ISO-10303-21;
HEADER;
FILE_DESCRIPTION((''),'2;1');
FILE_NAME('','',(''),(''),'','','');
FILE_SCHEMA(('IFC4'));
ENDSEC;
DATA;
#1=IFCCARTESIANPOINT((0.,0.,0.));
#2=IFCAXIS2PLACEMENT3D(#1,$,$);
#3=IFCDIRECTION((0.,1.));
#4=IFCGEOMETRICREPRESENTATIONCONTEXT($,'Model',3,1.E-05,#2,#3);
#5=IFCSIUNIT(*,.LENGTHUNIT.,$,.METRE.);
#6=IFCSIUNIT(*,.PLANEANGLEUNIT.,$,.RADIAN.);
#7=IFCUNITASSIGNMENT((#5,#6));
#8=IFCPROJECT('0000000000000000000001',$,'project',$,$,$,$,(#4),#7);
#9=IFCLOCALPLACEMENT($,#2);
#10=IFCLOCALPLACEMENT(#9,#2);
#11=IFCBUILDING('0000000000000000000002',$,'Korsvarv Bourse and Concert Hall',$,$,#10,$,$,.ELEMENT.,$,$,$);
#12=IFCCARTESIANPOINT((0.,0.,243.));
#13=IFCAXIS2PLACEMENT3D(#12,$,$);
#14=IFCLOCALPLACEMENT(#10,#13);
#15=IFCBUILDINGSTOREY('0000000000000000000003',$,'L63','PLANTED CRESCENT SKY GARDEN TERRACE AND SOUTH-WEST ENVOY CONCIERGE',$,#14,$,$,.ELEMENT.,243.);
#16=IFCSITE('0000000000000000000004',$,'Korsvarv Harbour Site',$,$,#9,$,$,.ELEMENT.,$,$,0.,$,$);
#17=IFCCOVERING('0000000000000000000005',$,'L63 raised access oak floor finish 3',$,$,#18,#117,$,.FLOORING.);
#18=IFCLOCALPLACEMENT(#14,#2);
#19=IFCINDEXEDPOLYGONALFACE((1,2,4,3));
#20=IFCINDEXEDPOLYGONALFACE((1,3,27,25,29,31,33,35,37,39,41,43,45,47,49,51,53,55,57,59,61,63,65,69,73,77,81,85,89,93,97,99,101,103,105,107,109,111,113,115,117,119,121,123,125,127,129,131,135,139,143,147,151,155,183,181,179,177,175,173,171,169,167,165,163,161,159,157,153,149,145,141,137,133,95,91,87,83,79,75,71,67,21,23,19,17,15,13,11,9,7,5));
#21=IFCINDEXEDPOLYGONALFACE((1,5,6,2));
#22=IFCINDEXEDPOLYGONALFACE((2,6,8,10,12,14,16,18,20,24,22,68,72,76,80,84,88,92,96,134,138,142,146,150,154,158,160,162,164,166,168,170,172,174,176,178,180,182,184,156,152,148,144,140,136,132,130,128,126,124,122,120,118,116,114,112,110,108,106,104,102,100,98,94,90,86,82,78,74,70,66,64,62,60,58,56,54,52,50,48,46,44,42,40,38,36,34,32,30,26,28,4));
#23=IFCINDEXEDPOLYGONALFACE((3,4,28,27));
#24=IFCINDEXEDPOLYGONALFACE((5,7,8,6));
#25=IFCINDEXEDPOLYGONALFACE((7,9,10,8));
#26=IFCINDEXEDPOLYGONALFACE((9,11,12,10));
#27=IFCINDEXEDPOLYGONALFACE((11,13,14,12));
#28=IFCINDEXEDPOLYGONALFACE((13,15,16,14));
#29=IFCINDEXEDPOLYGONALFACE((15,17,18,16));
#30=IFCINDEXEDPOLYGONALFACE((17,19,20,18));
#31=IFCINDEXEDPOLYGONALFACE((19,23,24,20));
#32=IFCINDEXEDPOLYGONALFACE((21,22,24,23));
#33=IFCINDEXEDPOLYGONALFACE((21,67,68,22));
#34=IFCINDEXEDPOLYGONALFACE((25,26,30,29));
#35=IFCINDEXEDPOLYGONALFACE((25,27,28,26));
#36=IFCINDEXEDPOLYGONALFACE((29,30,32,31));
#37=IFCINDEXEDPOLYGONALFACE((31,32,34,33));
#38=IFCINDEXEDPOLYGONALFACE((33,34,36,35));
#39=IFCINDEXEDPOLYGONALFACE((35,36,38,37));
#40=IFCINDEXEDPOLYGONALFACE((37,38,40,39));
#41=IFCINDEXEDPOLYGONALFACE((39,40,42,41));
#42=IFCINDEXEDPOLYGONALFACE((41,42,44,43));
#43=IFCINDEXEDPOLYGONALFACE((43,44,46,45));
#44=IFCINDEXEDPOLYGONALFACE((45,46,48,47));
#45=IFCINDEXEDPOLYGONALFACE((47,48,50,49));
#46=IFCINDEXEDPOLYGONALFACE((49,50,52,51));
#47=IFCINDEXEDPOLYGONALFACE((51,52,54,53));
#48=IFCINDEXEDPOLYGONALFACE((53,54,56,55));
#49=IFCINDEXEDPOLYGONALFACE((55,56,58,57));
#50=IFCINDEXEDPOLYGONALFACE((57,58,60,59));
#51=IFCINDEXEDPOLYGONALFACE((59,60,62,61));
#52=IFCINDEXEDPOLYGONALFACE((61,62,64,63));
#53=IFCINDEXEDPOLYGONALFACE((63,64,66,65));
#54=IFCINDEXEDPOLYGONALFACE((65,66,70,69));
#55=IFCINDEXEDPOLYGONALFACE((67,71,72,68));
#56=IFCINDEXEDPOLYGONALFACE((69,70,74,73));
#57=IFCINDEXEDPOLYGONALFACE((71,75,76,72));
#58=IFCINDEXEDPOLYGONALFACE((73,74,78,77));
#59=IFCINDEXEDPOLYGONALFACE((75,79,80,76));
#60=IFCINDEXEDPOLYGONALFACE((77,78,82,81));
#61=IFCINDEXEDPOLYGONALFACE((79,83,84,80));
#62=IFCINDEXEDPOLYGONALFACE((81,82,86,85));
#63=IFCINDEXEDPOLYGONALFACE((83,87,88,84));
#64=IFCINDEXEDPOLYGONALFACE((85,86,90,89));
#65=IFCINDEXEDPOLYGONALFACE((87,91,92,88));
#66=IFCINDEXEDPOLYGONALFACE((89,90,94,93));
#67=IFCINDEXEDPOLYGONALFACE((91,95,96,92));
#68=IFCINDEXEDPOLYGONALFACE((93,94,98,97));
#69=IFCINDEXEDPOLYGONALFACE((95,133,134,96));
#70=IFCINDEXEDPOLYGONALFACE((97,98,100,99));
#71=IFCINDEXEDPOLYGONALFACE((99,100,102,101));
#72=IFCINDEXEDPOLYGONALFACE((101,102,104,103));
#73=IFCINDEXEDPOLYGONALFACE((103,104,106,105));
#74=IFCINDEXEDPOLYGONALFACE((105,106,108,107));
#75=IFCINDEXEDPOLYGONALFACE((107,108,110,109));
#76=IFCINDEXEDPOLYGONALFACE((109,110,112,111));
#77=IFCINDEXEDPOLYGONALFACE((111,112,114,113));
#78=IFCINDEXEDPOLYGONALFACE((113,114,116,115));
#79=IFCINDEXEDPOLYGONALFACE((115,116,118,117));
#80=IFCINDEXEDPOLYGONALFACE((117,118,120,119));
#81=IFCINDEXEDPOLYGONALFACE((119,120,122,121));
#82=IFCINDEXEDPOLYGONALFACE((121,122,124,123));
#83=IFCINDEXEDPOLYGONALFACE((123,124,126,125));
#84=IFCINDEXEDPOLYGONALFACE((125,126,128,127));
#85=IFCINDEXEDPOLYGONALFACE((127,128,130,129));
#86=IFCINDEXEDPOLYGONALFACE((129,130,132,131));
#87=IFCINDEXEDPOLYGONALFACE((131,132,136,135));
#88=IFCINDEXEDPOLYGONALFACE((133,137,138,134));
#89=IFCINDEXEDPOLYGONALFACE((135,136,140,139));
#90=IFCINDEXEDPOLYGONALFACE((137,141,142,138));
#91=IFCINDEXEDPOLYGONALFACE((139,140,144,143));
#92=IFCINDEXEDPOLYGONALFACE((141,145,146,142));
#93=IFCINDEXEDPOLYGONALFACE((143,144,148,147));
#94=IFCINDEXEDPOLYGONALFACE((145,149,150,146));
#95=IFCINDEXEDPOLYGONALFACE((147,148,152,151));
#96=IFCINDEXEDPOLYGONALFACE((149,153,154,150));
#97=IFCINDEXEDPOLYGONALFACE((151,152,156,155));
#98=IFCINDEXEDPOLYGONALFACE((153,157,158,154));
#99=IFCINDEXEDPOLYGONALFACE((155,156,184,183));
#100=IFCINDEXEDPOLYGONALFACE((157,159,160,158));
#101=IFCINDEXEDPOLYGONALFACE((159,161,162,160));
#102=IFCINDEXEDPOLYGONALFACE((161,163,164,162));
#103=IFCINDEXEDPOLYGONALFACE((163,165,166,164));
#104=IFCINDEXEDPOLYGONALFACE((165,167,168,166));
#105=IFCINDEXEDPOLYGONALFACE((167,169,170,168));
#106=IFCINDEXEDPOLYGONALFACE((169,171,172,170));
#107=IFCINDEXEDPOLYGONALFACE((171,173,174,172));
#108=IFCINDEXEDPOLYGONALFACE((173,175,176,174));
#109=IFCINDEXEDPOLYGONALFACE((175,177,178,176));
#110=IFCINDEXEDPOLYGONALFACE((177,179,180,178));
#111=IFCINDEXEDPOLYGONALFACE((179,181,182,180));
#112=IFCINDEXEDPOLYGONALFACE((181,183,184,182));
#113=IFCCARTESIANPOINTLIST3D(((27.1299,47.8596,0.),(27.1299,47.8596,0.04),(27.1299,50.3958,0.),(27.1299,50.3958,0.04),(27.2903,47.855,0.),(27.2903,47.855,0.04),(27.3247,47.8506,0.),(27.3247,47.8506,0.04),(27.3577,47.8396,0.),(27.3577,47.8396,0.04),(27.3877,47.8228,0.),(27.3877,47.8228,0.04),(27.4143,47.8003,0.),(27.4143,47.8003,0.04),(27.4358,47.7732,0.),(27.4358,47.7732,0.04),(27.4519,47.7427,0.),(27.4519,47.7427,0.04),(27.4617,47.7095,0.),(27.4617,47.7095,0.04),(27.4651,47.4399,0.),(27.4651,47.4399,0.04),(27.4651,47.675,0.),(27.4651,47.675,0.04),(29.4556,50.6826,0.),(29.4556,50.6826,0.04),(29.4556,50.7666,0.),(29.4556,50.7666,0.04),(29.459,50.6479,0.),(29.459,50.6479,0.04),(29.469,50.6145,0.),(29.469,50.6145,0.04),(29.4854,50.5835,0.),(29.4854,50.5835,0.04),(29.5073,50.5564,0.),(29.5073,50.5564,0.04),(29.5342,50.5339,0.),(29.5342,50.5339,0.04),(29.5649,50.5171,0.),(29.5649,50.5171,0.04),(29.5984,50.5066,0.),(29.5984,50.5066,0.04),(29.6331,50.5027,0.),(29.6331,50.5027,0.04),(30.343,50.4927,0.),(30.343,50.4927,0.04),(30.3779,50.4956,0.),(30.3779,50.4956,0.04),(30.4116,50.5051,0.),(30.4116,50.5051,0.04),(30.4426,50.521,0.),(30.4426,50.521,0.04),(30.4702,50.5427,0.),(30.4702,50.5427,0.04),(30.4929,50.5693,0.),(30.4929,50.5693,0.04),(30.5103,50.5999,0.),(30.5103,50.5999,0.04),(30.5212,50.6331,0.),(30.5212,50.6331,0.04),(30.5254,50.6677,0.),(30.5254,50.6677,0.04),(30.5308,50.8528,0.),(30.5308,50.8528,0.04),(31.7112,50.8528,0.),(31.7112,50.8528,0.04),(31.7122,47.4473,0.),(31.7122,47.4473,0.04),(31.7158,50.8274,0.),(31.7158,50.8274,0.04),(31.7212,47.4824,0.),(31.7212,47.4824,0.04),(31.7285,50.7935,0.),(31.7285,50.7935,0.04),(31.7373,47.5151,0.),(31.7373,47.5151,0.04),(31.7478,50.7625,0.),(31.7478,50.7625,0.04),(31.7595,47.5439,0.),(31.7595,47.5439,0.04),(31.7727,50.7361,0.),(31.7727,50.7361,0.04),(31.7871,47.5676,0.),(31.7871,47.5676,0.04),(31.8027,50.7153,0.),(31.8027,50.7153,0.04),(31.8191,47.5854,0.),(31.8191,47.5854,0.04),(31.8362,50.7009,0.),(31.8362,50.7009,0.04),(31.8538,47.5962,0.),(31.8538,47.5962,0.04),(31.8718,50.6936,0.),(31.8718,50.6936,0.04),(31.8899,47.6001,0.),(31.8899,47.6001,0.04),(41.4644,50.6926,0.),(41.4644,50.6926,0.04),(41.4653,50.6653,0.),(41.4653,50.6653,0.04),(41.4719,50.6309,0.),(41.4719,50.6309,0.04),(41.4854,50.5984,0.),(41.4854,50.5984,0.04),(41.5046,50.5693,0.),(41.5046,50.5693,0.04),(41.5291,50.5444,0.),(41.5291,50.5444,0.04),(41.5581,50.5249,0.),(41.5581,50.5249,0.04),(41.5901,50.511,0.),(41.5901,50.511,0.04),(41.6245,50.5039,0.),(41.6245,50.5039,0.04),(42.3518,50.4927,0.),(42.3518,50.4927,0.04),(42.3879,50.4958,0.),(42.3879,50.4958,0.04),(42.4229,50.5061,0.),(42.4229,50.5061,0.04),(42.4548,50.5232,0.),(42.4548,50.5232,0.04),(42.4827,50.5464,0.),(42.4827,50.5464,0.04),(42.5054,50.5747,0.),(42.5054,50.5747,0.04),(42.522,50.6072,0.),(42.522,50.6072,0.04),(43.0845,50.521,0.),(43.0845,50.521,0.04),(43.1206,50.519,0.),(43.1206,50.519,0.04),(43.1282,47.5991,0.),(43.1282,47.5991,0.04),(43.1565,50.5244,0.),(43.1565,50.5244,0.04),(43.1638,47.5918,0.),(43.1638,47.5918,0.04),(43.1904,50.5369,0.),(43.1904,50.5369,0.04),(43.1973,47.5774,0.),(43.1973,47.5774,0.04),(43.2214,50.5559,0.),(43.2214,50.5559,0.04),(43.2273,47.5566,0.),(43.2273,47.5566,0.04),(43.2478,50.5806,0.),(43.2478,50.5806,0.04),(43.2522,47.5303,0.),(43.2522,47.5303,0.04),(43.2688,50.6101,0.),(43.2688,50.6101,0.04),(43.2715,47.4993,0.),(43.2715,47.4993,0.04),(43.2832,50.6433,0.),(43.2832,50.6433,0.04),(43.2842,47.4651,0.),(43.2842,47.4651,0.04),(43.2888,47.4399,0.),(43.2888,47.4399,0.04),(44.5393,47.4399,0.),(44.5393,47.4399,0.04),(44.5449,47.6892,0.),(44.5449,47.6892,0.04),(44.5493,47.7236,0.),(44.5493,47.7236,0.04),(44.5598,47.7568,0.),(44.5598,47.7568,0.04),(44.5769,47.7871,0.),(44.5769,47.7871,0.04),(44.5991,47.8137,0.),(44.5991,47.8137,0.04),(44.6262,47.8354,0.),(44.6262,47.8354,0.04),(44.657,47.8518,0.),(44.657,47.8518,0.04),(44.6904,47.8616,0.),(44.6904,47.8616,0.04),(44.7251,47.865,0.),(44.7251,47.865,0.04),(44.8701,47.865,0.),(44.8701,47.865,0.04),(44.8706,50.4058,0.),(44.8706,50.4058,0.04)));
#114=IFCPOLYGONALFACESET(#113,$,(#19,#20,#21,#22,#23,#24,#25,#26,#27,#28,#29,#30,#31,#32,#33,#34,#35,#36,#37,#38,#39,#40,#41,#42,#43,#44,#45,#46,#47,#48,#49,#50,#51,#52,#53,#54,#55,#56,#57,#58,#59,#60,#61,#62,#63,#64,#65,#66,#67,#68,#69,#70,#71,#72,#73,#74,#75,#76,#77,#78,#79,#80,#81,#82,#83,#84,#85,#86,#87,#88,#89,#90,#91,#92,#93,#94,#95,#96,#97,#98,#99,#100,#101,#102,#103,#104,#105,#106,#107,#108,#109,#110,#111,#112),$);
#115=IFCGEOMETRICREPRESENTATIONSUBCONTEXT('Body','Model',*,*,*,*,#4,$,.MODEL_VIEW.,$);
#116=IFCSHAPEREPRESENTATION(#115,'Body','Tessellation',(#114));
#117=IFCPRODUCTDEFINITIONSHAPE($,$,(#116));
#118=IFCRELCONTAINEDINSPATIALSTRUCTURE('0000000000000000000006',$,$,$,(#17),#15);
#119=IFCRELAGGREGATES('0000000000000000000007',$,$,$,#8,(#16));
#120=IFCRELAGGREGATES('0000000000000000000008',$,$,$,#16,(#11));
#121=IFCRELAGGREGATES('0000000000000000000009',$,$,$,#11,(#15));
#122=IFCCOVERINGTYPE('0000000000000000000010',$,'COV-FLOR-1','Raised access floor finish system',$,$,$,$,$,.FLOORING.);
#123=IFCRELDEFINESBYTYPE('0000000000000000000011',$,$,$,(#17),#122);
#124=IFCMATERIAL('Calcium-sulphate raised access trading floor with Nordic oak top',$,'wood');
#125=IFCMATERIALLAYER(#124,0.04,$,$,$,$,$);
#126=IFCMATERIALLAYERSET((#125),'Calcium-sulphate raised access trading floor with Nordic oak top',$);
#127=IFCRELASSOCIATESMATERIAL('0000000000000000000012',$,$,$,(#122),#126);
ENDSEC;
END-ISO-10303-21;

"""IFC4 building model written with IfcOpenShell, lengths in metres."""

from ifc_helpers import new_model, si_unit, direction, frame, origin, place, context, subcontext, project, spatial, polyline, outline, extrude, material, layer, layer_set, type_object, element, save


model = new_model("IFC4")

# Units and contexts
model_context = context("Model", 3, precision=1e-05, world=origin(), true_north=direction((0.0, 1.0)))
body_context = subcontext(model_context, "Body", "Model", "MODEL_VIEW")
ifc_project = project(units=[si_unit("LENGTHUNIT", "METRE"), si_unit("PLANEANGLEUNIT", "RADIAN")], contexts=[model_context])

# Site, building, storey
site_placement = place(None, origin())
site = spatial("IfcSite", under=ifc_project, at=site_placement, Name="Korsvarv Harbour Site", CompositionType="ELEMENT", RefElevation=0.0)
building_placement = place(site_placement, origin())
building = spatial("IfcBuilding", under=site, at=building_placement, Name="Korsvarv Bourse and Concert Hall", CompositionType="ELEMENT")
storey_placement = place(building_placement, frame((0.0, 0.0, 243.0)))
storey = spatial("IfcBuildingStorey", under=building, at=storey_placement, Name="L63", Description="PLANTED CRESCENT SKY GARDEN TERRACE AND SOUTH-WEST ENVOY CONCIERGE", CompositionType="ELEMENT", Elevation=243.0)

# Covering
ifc_material_1 = material(Name="Calcium-sulphate raised access trading floor with Nordic oak top", Category="wood")
ifc_layer_1 = layer(ifc_material_1, 0.04)
ifc_layer_set_1 = layer_set([ifc_layer_1], Name="Calcium-sulphate raised access trading floor with Nordic oak top")
covering_type_1 = type_object("IfcCoveringType", Name="COV-FLOR-1", Description="Raised access floor finish system", PredefinedType="FLOORING", material=ifc_layer_set_1)
covering_1_placement = place(storey_placement, origin())
element("IfcCovering", 1, at=covering_1_placement, inside=storey, type_object=covering_type_1, Name="L63 raised access oak floor finish 3", PredefinedType="FLOORING", context=body_context, shape_type="SweptSolid", body=[
    extrude(outline(polyline([(29.4556, 50.7666), (29.4556, 50.6826), (29.459, 50.6479), (29.469, 50.6145), (29.4854, 50.5835), (29.5073, 50.5564), (29.5342, 50.5339), (29.5649, 50.5171), (29.5984, 50.5066), (29.6331, 50.5027), (30.343, 50.4927), (30.3779, 50.4956), (30.4116, 50.5051), (30.4426, 50.521), (30.4702, 50.5427), (30.4929, 50.5693), (30.5103, 50.5999), (30.5212, 50.6331), (30.5254, 50.6677), (30.5308, 50.8528), (31.7112, 50.8528), (31.7158, 50.8274), (31.7285, 50.7935), (31.7478, 50.7625), (31.7727, 50.7361), (31.8027, 50.7153), (31.8362, 50.7009), (31.8718, 50.6936), (41.4644, 50.6926), (41.4653, 50.6653), (41.4719, 50.6309), (41.4854, 50.5984), (41.5046, 50.5693), (41.5291, 50.5444), (41.5581, 50.5249), (41.5901, 50.511), (41.6245, 50.5039), (42.3518, 50.4927), (42.3879, 50.4958), (42.4229, 50.5061), (42.4548, 50.5232), (42.4827, 50.5464), (42.5054, 50.5747), (42.522, 50.6072), (43.0845, 50.521), (43.1206, 50.519), (43.1565, 50.5244), (43.1904, 50.5369), (43.2214, 50.5559), (43.2478, 50.5806), (43.2688, 50.6101), (43.2832, 50.6433), (44.8706, 50.4058), (44.8701, 47.865), (44.7251, 47.865), (44.6904, 47.8616), (44.657, 47.8518), (44.6262, 47.8354), (44.5991, 47.8137), (44.5769, 47.7871), (44.5598, 47.7568), (44.5493, 47.7236), (44.5449, 47.6892), (44.5393, 47.4399), (43.2888, 47.4399), (43.2842, 47.4651), (43.2715, 47.4993), (43.2522, 47.5303), (43.2273, 47.5566), (43.1973, 47.5774), (43.1638, 47.5918), (43.1282, 47.5991), (31.8899, 47.6001), (31.8538, 47.5962), (31.8191, 47.5854), (31.7871, 47.5676), (31.7595, 47.5439), (31.7373, 47.5151), (31.7212, 47.4824), (31.7122, 47.4473), (27.4651, 47.4399), (27.4651, 47.675), (27.4617, 47.7095), (27.4519, 47.7427), (27.4358, 47.7732), (27.4143, 47.8003), (27.3877, 47.8228), (27.3577, 47.8396), (27.3247, 47.8506), (27.2903, 47.855), (27.1299, 47.8596), (27.1299, 50.3958), (29.4556, 50.7666)])), origin(), (0.0, 0.0, 1.0), 0.04),
])

save(model, "model.ifc")
